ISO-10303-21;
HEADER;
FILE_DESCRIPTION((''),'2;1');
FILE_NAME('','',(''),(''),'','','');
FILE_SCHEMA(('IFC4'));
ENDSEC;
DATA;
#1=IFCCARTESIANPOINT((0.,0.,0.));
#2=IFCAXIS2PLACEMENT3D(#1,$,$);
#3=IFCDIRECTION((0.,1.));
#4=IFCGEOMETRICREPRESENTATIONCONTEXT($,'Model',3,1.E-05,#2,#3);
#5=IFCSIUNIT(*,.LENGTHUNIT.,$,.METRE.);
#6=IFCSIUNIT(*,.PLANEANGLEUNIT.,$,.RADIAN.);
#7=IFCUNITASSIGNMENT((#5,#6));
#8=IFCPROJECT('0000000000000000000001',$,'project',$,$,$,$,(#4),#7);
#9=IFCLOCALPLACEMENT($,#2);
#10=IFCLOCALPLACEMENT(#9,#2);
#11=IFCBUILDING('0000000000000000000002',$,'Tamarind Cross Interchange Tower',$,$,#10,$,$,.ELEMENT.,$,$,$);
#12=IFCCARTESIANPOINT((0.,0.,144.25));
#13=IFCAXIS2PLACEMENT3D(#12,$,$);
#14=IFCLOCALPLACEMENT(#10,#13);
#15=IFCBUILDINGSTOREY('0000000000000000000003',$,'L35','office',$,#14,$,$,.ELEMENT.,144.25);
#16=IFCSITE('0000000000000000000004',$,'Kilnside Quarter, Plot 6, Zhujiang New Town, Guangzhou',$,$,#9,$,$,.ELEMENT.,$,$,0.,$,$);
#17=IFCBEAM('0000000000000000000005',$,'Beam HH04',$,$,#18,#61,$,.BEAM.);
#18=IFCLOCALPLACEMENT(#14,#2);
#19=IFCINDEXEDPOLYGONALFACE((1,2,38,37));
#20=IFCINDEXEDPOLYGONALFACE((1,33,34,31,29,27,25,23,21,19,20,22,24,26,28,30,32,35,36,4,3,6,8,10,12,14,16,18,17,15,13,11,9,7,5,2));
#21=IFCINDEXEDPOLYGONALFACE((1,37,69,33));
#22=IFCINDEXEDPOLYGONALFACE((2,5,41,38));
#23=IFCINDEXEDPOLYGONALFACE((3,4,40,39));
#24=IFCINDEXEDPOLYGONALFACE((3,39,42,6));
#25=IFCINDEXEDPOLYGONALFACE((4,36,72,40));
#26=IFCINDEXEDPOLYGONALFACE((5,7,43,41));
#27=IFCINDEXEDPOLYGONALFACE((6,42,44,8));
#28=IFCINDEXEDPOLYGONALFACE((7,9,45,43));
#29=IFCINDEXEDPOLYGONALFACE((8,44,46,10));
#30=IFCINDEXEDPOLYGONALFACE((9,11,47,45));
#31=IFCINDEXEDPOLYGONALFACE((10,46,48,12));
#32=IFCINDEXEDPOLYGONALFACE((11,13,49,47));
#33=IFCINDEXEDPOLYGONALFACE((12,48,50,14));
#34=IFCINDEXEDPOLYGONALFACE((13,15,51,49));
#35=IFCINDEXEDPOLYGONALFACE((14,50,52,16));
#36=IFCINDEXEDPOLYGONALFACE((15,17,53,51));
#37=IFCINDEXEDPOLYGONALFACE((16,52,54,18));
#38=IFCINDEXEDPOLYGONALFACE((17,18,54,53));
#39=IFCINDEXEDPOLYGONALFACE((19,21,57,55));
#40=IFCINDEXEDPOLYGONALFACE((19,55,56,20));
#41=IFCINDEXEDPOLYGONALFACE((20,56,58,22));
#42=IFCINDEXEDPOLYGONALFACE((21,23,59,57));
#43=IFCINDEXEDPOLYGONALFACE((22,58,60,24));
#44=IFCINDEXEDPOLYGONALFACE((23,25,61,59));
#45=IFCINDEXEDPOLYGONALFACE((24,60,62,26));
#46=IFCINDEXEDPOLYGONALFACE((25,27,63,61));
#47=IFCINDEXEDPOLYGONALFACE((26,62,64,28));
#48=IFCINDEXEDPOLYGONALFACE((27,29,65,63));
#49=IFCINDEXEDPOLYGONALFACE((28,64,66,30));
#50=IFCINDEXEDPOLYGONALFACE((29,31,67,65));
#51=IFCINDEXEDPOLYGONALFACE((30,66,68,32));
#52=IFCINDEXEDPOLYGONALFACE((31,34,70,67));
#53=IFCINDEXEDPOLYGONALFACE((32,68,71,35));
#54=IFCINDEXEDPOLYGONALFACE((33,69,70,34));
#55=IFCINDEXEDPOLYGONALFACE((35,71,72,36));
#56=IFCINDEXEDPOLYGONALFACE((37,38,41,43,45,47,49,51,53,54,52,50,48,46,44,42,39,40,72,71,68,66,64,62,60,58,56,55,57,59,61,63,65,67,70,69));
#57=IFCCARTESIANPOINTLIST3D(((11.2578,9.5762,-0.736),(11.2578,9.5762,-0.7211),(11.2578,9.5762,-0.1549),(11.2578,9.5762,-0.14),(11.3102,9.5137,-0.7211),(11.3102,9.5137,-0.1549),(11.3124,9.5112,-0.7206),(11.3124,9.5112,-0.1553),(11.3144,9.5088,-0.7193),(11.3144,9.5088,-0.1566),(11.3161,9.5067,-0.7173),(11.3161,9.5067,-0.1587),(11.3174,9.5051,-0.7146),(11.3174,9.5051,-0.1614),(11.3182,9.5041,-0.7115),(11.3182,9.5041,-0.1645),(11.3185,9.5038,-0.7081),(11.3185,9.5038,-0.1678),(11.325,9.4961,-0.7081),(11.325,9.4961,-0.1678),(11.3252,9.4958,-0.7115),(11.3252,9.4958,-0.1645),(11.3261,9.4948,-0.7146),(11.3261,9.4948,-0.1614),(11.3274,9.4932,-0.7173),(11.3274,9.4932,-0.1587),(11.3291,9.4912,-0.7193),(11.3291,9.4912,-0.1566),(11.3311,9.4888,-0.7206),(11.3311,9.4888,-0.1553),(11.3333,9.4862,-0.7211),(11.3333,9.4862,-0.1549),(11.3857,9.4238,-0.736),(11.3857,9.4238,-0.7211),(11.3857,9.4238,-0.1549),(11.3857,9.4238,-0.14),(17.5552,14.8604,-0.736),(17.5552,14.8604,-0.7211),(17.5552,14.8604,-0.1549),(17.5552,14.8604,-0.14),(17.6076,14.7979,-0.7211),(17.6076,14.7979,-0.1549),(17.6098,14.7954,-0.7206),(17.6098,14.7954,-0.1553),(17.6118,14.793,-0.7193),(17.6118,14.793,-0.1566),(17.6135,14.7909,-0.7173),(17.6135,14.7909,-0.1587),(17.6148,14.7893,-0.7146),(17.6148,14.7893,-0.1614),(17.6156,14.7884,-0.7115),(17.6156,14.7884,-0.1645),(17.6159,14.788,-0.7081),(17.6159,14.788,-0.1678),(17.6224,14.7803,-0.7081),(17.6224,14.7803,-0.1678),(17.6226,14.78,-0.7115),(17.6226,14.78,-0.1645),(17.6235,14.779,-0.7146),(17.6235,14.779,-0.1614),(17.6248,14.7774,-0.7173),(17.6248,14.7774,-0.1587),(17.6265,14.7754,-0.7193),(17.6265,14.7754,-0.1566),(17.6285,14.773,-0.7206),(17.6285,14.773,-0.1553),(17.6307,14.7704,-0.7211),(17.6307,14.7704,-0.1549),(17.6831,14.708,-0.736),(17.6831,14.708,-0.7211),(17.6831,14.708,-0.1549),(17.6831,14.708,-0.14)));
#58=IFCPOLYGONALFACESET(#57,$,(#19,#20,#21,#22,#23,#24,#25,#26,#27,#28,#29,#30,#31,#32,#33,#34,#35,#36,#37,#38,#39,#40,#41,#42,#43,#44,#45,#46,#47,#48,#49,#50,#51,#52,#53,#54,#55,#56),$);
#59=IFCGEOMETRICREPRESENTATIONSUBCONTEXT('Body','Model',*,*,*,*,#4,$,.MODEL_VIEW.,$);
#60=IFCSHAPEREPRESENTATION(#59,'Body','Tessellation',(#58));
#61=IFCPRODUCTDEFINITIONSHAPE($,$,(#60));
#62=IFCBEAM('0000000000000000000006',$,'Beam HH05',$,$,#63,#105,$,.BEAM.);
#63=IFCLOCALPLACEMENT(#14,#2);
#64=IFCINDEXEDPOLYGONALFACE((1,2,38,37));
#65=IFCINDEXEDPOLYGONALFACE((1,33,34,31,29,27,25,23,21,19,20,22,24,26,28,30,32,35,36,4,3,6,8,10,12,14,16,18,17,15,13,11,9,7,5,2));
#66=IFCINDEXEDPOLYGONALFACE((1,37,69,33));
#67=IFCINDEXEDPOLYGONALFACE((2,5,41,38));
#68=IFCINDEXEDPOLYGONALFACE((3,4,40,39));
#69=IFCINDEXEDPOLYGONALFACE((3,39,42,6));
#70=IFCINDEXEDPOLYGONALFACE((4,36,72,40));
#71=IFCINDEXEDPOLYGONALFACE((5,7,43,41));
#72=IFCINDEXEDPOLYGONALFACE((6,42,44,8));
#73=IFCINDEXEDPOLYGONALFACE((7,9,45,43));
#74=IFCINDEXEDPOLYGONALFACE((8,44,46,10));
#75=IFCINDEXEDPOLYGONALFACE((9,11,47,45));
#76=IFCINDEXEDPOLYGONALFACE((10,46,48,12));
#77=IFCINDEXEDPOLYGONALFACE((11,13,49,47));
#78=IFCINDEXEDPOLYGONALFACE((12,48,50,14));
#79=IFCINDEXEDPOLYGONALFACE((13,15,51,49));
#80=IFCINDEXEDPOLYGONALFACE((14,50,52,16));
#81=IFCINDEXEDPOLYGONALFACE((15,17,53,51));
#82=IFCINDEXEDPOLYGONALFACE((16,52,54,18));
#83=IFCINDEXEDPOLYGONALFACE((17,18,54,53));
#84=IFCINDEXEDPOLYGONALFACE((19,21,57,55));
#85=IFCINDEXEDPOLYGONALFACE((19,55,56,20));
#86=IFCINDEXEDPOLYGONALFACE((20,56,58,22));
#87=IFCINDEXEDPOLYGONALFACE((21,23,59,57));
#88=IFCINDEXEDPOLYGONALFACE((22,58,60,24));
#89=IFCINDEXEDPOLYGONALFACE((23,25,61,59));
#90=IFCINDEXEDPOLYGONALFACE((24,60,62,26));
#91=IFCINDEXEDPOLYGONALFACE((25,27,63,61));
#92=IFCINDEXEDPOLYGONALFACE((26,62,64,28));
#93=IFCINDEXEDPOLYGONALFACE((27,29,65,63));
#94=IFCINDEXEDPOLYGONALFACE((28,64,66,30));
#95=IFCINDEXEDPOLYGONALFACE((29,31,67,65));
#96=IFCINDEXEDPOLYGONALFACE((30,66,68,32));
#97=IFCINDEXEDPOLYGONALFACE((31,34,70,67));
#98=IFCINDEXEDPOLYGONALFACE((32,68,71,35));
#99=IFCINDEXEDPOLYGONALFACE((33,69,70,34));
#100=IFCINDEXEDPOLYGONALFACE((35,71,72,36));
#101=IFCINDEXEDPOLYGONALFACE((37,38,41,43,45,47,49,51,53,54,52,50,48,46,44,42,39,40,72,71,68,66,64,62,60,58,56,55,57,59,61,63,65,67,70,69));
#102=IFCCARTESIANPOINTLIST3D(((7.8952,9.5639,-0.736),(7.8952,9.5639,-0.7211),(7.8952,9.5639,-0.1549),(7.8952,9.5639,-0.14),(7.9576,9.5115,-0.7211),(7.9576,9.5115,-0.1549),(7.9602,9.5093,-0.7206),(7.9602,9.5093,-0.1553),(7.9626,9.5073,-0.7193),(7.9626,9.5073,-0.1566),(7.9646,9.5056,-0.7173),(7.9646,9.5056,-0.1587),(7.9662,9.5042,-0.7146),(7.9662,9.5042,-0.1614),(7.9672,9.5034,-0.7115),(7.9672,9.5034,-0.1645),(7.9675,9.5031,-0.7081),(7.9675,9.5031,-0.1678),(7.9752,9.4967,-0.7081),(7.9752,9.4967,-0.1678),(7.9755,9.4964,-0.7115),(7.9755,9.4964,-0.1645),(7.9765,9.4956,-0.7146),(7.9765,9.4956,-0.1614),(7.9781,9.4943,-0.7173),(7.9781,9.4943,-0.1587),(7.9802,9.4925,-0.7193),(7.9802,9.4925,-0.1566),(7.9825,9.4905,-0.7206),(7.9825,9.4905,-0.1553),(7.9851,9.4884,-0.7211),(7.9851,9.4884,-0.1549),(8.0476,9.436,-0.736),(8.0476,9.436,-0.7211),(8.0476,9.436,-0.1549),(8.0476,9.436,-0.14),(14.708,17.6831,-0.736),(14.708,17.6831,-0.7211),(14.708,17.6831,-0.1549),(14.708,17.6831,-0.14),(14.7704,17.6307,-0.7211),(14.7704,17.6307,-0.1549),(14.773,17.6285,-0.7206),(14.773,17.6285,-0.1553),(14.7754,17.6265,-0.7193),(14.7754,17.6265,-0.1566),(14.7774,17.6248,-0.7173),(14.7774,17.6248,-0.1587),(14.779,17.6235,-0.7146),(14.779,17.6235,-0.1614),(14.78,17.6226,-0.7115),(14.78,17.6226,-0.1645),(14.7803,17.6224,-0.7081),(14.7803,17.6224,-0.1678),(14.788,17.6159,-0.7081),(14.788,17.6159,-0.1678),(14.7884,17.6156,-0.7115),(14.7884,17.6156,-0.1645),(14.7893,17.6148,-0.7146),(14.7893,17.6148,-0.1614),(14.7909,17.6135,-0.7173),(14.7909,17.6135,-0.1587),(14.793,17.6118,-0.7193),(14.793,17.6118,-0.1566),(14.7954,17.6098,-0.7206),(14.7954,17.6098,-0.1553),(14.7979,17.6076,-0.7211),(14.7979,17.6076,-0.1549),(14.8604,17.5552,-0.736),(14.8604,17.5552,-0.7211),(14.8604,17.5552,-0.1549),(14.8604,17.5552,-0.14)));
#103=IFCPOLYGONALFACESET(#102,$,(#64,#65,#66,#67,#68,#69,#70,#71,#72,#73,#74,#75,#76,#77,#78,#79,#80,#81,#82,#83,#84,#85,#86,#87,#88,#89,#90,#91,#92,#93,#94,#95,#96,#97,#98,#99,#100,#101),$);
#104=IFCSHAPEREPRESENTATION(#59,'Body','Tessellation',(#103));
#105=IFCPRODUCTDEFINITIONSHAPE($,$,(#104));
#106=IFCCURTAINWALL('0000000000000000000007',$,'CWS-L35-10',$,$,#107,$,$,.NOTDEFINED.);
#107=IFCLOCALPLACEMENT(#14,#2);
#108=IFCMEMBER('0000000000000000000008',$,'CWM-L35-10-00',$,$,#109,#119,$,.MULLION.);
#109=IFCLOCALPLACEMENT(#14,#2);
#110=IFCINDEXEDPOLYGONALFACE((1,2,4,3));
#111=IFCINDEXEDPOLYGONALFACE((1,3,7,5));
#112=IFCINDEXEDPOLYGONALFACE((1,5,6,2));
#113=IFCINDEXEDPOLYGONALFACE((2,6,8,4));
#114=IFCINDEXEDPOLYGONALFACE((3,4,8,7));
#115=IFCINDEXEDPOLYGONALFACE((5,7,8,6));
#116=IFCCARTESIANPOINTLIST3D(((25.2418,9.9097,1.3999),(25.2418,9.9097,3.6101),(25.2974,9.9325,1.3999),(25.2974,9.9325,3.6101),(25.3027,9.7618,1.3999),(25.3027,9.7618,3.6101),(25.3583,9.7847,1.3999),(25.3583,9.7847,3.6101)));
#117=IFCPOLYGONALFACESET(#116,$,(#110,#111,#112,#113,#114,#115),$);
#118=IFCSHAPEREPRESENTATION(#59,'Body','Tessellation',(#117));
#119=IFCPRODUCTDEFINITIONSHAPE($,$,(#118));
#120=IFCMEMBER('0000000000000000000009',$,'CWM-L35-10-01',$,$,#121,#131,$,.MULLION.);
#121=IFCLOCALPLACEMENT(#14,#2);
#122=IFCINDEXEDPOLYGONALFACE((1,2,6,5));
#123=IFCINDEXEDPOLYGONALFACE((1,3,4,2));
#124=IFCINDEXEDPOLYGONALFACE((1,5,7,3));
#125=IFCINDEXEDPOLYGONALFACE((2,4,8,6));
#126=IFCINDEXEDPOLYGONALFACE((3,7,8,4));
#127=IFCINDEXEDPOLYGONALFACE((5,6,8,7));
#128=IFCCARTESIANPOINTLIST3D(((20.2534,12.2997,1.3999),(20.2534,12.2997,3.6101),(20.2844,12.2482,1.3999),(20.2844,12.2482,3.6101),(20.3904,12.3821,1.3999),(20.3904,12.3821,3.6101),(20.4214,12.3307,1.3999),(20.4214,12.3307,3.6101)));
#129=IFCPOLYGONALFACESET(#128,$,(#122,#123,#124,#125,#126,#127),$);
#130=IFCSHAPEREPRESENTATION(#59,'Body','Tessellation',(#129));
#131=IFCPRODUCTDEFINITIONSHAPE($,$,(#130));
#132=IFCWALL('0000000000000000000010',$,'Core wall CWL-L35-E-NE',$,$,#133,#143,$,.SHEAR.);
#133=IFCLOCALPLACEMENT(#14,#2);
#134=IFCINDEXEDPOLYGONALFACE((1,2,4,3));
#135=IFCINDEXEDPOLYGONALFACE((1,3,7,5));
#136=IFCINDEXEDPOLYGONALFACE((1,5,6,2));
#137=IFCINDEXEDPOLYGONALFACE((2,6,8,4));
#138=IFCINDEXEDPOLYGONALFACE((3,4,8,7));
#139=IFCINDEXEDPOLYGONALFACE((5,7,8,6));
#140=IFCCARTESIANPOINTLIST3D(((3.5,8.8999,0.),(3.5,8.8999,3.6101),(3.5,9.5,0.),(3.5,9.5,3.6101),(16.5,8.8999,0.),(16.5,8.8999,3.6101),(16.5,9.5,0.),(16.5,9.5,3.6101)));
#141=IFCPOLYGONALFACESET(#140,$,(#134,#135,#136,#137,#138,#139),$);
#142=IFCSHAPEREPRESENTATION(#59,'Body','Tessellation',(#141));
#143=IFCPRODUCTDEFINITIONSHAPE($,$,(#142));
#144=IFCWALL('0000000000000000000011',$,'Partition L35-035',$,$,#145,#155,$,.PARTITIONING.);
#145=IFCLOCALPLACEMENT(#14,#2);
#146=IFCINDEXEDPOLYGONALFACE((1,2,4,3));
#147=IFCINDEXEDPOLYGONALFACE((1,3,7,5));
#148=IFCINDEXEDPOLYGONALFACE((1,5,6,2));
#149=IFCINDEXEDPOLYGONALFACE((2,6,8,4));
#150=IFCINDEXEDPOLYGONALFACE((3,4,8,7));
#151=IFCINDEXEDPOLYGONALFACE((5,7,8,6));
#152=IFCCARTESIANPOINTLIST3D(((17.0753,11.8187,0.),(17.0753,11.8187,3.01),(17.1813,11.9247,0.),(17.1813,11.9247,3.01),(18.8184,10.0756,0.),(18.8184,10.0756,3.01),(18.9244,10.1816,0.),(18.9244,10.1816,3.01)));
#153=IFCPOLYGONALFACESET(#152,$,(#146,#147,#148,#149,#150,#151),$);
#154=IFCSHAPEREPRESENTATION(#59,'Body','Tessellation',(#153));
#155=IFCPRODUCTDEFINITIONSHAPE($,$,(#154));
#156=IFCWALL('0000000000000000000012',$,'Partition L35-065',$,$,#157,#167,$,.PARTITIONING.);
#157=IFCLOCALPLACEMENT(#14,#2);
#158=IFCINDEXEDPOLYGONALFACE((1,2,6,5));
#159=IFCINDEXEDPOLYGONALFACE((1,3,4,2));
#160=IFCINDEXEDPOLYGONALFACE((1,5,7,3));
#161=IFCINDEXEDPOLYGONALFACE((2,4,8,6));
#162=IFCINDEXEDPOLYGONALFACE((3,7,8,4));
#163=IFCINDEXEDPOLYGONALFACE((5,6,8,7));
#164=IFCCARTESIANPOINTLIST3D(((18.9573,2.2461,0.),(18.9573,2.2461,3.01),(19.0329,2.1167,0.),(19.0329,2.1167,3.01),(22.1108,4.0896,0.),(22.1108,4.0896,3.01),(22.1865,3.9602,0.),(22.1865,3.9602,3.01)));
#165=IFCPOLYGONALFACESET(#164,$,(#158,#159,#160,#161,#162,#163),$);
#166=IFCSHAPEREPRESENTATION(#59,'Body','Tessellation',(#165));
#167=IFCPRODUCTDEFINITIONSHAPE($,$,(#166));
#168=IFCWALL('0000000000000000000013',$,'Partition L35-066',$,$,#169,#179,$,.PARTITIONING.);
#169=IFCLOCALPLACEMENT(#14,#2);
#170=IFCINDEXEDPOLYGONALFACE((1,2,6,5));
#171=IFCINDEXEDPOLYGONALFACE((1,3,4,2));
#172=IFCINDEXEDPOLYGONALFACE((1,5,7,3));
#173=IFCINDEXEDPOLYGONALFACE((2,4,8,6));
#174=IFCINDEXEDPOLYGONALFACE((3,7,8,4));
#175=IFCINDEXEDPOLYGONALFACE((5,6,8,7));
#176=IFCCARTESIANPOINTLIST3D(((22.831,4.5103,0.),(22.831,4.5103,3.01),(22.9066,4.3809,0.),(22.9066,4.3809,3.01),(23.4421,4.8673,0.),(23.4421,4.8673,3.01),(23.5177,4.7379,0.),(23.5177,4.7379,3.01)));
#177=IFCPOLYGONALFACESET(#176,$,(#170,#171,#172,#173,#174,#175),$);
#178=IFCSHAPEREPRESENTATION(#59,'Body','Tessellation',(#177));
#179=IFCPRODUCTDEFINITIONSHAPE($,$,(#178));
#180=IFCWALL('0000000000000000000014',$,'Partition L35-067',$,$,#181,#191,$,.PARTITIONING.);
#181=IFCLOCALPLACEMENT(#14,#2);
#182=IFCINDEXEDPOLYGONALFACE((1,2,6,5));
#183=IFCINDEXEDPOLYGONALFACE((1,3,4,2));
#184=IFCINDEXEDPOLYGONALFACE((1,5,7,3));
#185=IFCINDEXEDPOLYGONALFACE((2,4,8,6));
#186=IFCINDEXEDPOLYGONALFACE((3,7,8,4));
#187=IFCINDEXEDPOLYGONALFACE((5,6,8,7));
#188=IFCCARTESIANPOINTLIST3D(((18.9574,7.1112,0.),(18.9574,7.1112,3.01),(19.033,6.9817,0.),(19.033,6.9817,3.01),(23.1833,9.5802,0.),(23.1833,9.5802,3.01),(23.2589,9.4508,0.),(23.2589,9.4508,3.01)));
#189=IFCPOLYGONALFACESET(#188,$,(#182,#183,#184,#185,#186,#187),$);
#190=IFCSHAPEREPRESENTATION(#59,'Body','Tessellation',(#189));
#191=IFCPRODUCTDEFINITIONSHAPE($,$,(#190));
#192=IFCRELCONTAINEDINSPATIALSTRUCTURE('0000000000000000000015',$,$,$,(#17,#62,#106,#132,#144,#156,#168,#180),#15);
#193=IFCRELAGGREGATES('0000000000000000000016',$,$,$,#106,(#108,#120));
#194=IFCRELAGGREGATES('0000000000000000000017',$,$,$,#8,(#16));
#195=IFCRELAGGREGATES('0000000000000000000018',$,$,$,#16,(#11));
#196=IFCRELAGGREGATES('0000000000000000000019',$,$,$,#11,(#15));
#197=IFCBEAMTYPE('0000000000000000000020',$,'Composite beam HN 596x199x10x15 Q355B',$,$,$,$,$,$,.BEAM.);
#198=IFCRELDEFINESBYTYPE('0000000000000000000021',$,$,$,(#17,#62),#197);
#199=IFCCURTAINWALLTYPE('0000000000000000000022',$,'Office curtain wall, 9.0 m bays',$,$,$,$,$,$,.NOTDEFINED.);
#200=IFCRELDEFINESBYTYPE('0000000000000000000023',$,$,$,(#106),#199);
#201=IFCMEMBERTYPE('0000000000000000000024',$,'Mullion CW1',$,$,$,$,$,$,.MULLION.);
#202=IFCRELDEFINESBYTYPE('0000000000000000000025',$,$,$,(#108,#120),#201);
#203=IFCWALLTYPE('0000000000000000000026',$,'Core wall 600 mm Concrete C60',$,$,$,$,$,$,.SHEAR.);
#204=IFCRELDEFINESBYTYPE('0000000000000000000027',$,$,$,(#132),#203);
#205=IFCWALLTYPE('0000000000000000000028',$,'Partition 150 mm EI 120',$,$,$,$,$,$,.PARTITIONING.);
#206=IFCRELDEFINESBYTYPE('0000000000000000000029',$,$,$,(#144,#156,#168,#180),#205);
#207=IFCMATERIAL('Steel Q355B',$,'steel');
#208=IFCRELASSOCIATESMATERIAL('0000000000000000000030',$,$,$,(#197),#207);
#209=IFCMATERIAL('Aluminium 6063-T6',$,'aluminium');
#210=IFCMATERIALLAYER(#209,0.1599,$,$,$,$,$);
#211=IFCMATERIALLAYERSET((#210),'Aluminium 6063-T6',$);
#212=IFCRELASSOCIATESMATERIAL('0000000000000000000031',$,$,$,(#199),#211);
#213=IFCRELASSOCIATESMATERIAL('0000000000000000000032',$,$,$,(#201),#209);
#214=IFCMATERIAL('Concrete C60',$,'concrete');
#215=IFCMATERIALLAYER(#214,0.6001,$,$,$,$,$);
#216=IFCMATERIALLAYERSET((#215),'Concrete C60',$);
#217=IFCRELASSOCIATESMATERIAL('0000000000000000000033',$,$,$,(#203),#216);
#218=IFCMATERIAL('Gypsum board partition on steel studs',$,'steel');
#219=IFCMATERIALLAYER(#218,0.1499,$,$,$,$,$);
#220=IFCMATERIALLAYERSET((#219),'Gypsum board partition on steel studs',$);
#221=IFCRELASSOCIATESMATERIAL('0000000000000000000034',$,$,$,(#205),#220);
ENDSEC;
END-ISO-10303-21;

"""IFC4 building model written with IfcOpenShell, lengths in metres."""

from ifc_helpers import new_model, si_unit, direction, frame, frame_2d, origin, origin_2d, place, context, subcontext, project, spatial, rectangle, i_section, extrude, material, layer, layer_set, material_profile, profile_set, type_object, element, aggregate, save


model = new_model("IFC4")

# Units and contexts
model_context = context("Model", 3, precision=1e-05, world=origin(), true_north=direction((0.0, 1.0)))
body_context = subcontext(model_context, "Body", "Model", "MODEL_VIEW")
ifc_project = project(units=[si_unit("LENGTHUNIT", "METRE"), si_unit("PLANEANGLEUNIT", "RADIAN")], contexts=[model_context])

# Site, building, storey
site_placement = place(None, origin())
site = spatial("IfcSite", under=ifc_project, at=site_placement, Name="Kilnside Quarter, Plot 6, Zhujiang New Town, Guangzhou", CompositionType="ELEMENT", RefElevation=0.0)
building_placement = place(site_placement, origin())
building = spatial("IfcBuilding", under=site, at=building_placement, Name="Tamarind Cross Interchange Tower", CompositionType="ELEMENT")
storey_placement = place(building_placement, frame((0.0, 0.0, 144.25)))
storey = spatial("IfcBuildingStorey", under=building, at=storey_placement, Name="L35", Description="office", CompositionType="ELEMENT", Elevation=144.25)

# Shared definitions
ifc_material_1 = material(Name="Concrete C60", Category="concrete")

# Beams
ifc_material_2 = material(Name="Steel Q355B", Category="steel")
ifc_material_profile_1 = material_profile(ifc_material_2, i_section(OverallWidth=0.199, OverallDepth=0.5959, WebThickness=0.01, FlangeThickness=0.0149, FilletRadius=0.0129, at=origin_2d()), Name="HN 596x199x10x15")
ifc_profile_set_1 = profile_set([ifc_material_profile_1], Name="Steel Q355B")
beam_type_1 = type_object("IfcBeamType", Name="Composite beam HN 596x199x10x15 Q355B", PredefinedType="BEAM", material=ifc_profile_set_1)
beam_1_placement = place(storey_placement, frame((17.6191, 14.7842, -0.438), z_axis=(-0.766041, -0.642792, 0.0), x_axis=(0.642792, -0.766041, 0.0)))
element("IfcBeam", 1, at=beam_1_placement, inside=storey, type_object=beam_type_1, Name="Beam HH04", PredefinedType="BEAM", context=body_context, shape_type="SweptSolid", body=[
    extrude(i_section(OverallWidth=0.199, OverallDepth=0.5959, WebThickness=0.01, FlangeThickness=0.0149, FilletRadius=0.0129, at=origin_2d()), origin(), (0.0, 0.0, 1.0), 8.2207),
])
beam_2_placement = place(storey_placement, frame((14.7842, 17.6191, -0.438), z_axis=(-0.642786, -0.766046, 0.0), x_axis=(0.766046, -0.642786, 0.0)))
element("IfcBeam", 2, at=beam_2_placement, inside=storey, type_object=beam_type_1, Name="Beam HH05", PredefinedType="BEAM", context=body_context, shape_type="SweptSolid", body=[
    extrude(i_section(OverallWidth=0.199, OverallDepth=0.5959, WebThickness=0.01, FlangeThickness=0.0149, FilletRadius=0.0129, at=origin_2d()), origin(), (0.0, 0.0, 1.0), 10.5989),
])

# Curtain wall, members
ifc_material_3 = material(Name="Aluminium 6063-T6", Category="aluminium")
ifc_layer_1 = layer(ifc_material_3, 0.1599)
ifc_layer_set_1 = layer_set([ifc_layer_1], Name="Aluminium 6063-T6")
curtain_wall_type = type_object("IfcCurtainWallType", Name="Office curtain wall, 9.0 m bays", PredefinedType="NOTDEFINED", material=ifc_layer_set_1)
curtain_wall_placement = place(storey_placement, origin())
curtain_wall = element("IfcCurtainWall", 3, at=curtain_wall_placement, inside=storey, type_object=curtain_wall_type, Name="CWS-L35-10", PredefinedType="NOTDEFINED")
ifc_material_profile_2 = material_profile(ifc_material_3, rectangle(XDim=0.0601, YDim=0.1599, at=origin_2d()), Name="Mullion CW1")
ifc_profile_set_2 = profile_set([ifc_material_profile_2], Name="Aluminium 6063-T6")
member_type = type_object("IfcMemberType", Name="Mullion CW1", PredefinedType="MULLION", material=ifc_profile_set_2)
member_1_placement = place(storey_placement, frame((25.3, 9.8472, 1.3999), z_axis=(0.0, 0.0, 1.0), x_axis=(-0.924643, -0.380835, 0.0)))
member_1 = element("IfcMember", 4, at=member_1_placement, type_object=member_type, Name="CWM-L35-10-00", PredefinedType="MULLION", context=body_context, shape_type="SweptSolid", body=[
    extrude(rectangle(XDim=0.0601, YDim=0.1599, at=origin_2d()), origin(), (0.0, 0.0, 1.0), 2.2102),
])
member_2_placement = place(storey_placement, frame((20.3374, 12.3152, 1.3999), z_axis=(0.0, 0.0, 1.0), x_axis=(-0.515602, 0.856828, 0.0)))
member_2 = element("IfcMember", 5, at=member_2_placement, type_object=member_type, Name="CWM-L35-10-01", PredefinedType="MULLION", context=body_context, shape_type="SweptSolid", body=[
    extrude(rectangle(XDim=0.0601, YDim=0.1599, at=origin_2d()), origin(), (0.0, 0.0, 1.0), 2.2102),
])
aggregate(curtain_wall, [member_1, member_2])

# Walls
ifc_layer_2 = layer(ifc_material_1, 0.6001)
ifc_layer_set_2 = layer_set([ifc_layer_2], Name="Concrete C60")
wall_type_1 = type_object("IfcWallType", Name="Core wall 600 mm Concrete C60", PredefinedType="SHEAR", material=ifc_layer_set_2)
wall_1_placement = place(storey_placement, frame((16.5, 9.2, 0.0), z_axis=(0.0, 0.0, 1.0), x_axis=(-1.0, 0.0, 0.0)))
element("IfcWall", 6, at=wall_1_placement, inside=storey, type_object=wall_type_1, Name="Core wall CWL-L35-E-NE", PredefinedType="SHEAR", context=body_context, shape_type="SweptSolid", body=[
    extrude(rectangle(XDim=13.0, YDim=0.6001, at=frame_2d((6.5, 0.0))), origin(), (0.0, 0.0, 1.0), 3.6101),
])
ifc_material_4 = material(Name="Gypsum board partition on steel studs", Category="steel")
ifc_layer_3 = layer(ifc_material_4, 0.1499)
ifc_layer_set_3 = layer_set([ifc_layer_3], Name="Gypsum board partition on steel studs")
wall_type_2 = type_object("IfcWallType", Name="Partition 150 mm EI 120", PredefinedType="PARTITIONING", material=ifc_layer_set_3)
wall_2_placement = place(storey_placement, frame((17.1284, 11.8716, 0.0), z_axis=(0.0, 0.0, 1.0), x_axis=(0.707107, -0.707107, 0.0)))
element("IfcWall", 7, at=wall_2_placement, inside=storey, type_object=wall_type_2, Name="Partition L35-035", PredefinedType="PARTITIONING", context=body_context, shape_type="SweptSolid", body=[
    extrude(rectangle(XDim=2.4651, YDim=0.1499, at=frame_2d((1.2324, 0.0))), origin(), (0.0, 0.0, 1.0), 3.01),
])
wall_3_placement = place(storey_placement, frame((18.9951, 2.1814, 0.0), z_axis=(0.0, 0.0, 1.0), x_axis=(0.863311, 0.504673, 0.0)))
element("IfcWall", 8, at=wall_3_placement, inside=storey, type_object=wall_type_2, Name="Partition L35-065", PredefinedType="PARTITIONING", context=body_context, shape_type="SweptSolid", body=[
    extrude(rectangle(XDim=3.6528, YDim=0.1499, at=frame_2d((1.8264, 0.0))), origin(), (0.0, 0.0, 1.0), 3.01),
])
wall_4_placement = place(storey_placement, frame((22.8687, 4.4456, 0.0), z_axis=(0.0, 0.0, 1.0), x_axis=(0.863491, 0.504364, 0.0)))
element("IfcWall", 9, at=wall_4_placement, inside=storey, type_object=wall_type_2, Name="Partition L35-066", PredefinedType="PARTITIONING", context=body_context, shape_type="SweptSolid", body=[
    extrude(rectangle(XDim=0.7078, YDim=0.1499, at=frame_2d((0.354, 0.0))), origin(), (0.0, 0.0, 1.0), 3.01),
])
wall_5_placement = place(storey_placement, frame((18.9951, 7.0464, 0.0), z_axis=(0.0, 0.0, 1.0), x_axis=(0.86343, 0.50447, 0.0)))
element("IfcWall", 10, at=wall_5_placement, inside=storey, type_object=wall_type_2, Name="Partition L35-067", PredefinedType="PARTITIONING", context=body_context, shape_type="SweptSolid", body=[
    extrude(rectangle(XDim=4.8943, YDim=0.1499, at=frame_2d((2.4473, 0.0))), origin(), (0.0, 0.0, 1.0), 3.01),
])

save(model, "model.ifc")
